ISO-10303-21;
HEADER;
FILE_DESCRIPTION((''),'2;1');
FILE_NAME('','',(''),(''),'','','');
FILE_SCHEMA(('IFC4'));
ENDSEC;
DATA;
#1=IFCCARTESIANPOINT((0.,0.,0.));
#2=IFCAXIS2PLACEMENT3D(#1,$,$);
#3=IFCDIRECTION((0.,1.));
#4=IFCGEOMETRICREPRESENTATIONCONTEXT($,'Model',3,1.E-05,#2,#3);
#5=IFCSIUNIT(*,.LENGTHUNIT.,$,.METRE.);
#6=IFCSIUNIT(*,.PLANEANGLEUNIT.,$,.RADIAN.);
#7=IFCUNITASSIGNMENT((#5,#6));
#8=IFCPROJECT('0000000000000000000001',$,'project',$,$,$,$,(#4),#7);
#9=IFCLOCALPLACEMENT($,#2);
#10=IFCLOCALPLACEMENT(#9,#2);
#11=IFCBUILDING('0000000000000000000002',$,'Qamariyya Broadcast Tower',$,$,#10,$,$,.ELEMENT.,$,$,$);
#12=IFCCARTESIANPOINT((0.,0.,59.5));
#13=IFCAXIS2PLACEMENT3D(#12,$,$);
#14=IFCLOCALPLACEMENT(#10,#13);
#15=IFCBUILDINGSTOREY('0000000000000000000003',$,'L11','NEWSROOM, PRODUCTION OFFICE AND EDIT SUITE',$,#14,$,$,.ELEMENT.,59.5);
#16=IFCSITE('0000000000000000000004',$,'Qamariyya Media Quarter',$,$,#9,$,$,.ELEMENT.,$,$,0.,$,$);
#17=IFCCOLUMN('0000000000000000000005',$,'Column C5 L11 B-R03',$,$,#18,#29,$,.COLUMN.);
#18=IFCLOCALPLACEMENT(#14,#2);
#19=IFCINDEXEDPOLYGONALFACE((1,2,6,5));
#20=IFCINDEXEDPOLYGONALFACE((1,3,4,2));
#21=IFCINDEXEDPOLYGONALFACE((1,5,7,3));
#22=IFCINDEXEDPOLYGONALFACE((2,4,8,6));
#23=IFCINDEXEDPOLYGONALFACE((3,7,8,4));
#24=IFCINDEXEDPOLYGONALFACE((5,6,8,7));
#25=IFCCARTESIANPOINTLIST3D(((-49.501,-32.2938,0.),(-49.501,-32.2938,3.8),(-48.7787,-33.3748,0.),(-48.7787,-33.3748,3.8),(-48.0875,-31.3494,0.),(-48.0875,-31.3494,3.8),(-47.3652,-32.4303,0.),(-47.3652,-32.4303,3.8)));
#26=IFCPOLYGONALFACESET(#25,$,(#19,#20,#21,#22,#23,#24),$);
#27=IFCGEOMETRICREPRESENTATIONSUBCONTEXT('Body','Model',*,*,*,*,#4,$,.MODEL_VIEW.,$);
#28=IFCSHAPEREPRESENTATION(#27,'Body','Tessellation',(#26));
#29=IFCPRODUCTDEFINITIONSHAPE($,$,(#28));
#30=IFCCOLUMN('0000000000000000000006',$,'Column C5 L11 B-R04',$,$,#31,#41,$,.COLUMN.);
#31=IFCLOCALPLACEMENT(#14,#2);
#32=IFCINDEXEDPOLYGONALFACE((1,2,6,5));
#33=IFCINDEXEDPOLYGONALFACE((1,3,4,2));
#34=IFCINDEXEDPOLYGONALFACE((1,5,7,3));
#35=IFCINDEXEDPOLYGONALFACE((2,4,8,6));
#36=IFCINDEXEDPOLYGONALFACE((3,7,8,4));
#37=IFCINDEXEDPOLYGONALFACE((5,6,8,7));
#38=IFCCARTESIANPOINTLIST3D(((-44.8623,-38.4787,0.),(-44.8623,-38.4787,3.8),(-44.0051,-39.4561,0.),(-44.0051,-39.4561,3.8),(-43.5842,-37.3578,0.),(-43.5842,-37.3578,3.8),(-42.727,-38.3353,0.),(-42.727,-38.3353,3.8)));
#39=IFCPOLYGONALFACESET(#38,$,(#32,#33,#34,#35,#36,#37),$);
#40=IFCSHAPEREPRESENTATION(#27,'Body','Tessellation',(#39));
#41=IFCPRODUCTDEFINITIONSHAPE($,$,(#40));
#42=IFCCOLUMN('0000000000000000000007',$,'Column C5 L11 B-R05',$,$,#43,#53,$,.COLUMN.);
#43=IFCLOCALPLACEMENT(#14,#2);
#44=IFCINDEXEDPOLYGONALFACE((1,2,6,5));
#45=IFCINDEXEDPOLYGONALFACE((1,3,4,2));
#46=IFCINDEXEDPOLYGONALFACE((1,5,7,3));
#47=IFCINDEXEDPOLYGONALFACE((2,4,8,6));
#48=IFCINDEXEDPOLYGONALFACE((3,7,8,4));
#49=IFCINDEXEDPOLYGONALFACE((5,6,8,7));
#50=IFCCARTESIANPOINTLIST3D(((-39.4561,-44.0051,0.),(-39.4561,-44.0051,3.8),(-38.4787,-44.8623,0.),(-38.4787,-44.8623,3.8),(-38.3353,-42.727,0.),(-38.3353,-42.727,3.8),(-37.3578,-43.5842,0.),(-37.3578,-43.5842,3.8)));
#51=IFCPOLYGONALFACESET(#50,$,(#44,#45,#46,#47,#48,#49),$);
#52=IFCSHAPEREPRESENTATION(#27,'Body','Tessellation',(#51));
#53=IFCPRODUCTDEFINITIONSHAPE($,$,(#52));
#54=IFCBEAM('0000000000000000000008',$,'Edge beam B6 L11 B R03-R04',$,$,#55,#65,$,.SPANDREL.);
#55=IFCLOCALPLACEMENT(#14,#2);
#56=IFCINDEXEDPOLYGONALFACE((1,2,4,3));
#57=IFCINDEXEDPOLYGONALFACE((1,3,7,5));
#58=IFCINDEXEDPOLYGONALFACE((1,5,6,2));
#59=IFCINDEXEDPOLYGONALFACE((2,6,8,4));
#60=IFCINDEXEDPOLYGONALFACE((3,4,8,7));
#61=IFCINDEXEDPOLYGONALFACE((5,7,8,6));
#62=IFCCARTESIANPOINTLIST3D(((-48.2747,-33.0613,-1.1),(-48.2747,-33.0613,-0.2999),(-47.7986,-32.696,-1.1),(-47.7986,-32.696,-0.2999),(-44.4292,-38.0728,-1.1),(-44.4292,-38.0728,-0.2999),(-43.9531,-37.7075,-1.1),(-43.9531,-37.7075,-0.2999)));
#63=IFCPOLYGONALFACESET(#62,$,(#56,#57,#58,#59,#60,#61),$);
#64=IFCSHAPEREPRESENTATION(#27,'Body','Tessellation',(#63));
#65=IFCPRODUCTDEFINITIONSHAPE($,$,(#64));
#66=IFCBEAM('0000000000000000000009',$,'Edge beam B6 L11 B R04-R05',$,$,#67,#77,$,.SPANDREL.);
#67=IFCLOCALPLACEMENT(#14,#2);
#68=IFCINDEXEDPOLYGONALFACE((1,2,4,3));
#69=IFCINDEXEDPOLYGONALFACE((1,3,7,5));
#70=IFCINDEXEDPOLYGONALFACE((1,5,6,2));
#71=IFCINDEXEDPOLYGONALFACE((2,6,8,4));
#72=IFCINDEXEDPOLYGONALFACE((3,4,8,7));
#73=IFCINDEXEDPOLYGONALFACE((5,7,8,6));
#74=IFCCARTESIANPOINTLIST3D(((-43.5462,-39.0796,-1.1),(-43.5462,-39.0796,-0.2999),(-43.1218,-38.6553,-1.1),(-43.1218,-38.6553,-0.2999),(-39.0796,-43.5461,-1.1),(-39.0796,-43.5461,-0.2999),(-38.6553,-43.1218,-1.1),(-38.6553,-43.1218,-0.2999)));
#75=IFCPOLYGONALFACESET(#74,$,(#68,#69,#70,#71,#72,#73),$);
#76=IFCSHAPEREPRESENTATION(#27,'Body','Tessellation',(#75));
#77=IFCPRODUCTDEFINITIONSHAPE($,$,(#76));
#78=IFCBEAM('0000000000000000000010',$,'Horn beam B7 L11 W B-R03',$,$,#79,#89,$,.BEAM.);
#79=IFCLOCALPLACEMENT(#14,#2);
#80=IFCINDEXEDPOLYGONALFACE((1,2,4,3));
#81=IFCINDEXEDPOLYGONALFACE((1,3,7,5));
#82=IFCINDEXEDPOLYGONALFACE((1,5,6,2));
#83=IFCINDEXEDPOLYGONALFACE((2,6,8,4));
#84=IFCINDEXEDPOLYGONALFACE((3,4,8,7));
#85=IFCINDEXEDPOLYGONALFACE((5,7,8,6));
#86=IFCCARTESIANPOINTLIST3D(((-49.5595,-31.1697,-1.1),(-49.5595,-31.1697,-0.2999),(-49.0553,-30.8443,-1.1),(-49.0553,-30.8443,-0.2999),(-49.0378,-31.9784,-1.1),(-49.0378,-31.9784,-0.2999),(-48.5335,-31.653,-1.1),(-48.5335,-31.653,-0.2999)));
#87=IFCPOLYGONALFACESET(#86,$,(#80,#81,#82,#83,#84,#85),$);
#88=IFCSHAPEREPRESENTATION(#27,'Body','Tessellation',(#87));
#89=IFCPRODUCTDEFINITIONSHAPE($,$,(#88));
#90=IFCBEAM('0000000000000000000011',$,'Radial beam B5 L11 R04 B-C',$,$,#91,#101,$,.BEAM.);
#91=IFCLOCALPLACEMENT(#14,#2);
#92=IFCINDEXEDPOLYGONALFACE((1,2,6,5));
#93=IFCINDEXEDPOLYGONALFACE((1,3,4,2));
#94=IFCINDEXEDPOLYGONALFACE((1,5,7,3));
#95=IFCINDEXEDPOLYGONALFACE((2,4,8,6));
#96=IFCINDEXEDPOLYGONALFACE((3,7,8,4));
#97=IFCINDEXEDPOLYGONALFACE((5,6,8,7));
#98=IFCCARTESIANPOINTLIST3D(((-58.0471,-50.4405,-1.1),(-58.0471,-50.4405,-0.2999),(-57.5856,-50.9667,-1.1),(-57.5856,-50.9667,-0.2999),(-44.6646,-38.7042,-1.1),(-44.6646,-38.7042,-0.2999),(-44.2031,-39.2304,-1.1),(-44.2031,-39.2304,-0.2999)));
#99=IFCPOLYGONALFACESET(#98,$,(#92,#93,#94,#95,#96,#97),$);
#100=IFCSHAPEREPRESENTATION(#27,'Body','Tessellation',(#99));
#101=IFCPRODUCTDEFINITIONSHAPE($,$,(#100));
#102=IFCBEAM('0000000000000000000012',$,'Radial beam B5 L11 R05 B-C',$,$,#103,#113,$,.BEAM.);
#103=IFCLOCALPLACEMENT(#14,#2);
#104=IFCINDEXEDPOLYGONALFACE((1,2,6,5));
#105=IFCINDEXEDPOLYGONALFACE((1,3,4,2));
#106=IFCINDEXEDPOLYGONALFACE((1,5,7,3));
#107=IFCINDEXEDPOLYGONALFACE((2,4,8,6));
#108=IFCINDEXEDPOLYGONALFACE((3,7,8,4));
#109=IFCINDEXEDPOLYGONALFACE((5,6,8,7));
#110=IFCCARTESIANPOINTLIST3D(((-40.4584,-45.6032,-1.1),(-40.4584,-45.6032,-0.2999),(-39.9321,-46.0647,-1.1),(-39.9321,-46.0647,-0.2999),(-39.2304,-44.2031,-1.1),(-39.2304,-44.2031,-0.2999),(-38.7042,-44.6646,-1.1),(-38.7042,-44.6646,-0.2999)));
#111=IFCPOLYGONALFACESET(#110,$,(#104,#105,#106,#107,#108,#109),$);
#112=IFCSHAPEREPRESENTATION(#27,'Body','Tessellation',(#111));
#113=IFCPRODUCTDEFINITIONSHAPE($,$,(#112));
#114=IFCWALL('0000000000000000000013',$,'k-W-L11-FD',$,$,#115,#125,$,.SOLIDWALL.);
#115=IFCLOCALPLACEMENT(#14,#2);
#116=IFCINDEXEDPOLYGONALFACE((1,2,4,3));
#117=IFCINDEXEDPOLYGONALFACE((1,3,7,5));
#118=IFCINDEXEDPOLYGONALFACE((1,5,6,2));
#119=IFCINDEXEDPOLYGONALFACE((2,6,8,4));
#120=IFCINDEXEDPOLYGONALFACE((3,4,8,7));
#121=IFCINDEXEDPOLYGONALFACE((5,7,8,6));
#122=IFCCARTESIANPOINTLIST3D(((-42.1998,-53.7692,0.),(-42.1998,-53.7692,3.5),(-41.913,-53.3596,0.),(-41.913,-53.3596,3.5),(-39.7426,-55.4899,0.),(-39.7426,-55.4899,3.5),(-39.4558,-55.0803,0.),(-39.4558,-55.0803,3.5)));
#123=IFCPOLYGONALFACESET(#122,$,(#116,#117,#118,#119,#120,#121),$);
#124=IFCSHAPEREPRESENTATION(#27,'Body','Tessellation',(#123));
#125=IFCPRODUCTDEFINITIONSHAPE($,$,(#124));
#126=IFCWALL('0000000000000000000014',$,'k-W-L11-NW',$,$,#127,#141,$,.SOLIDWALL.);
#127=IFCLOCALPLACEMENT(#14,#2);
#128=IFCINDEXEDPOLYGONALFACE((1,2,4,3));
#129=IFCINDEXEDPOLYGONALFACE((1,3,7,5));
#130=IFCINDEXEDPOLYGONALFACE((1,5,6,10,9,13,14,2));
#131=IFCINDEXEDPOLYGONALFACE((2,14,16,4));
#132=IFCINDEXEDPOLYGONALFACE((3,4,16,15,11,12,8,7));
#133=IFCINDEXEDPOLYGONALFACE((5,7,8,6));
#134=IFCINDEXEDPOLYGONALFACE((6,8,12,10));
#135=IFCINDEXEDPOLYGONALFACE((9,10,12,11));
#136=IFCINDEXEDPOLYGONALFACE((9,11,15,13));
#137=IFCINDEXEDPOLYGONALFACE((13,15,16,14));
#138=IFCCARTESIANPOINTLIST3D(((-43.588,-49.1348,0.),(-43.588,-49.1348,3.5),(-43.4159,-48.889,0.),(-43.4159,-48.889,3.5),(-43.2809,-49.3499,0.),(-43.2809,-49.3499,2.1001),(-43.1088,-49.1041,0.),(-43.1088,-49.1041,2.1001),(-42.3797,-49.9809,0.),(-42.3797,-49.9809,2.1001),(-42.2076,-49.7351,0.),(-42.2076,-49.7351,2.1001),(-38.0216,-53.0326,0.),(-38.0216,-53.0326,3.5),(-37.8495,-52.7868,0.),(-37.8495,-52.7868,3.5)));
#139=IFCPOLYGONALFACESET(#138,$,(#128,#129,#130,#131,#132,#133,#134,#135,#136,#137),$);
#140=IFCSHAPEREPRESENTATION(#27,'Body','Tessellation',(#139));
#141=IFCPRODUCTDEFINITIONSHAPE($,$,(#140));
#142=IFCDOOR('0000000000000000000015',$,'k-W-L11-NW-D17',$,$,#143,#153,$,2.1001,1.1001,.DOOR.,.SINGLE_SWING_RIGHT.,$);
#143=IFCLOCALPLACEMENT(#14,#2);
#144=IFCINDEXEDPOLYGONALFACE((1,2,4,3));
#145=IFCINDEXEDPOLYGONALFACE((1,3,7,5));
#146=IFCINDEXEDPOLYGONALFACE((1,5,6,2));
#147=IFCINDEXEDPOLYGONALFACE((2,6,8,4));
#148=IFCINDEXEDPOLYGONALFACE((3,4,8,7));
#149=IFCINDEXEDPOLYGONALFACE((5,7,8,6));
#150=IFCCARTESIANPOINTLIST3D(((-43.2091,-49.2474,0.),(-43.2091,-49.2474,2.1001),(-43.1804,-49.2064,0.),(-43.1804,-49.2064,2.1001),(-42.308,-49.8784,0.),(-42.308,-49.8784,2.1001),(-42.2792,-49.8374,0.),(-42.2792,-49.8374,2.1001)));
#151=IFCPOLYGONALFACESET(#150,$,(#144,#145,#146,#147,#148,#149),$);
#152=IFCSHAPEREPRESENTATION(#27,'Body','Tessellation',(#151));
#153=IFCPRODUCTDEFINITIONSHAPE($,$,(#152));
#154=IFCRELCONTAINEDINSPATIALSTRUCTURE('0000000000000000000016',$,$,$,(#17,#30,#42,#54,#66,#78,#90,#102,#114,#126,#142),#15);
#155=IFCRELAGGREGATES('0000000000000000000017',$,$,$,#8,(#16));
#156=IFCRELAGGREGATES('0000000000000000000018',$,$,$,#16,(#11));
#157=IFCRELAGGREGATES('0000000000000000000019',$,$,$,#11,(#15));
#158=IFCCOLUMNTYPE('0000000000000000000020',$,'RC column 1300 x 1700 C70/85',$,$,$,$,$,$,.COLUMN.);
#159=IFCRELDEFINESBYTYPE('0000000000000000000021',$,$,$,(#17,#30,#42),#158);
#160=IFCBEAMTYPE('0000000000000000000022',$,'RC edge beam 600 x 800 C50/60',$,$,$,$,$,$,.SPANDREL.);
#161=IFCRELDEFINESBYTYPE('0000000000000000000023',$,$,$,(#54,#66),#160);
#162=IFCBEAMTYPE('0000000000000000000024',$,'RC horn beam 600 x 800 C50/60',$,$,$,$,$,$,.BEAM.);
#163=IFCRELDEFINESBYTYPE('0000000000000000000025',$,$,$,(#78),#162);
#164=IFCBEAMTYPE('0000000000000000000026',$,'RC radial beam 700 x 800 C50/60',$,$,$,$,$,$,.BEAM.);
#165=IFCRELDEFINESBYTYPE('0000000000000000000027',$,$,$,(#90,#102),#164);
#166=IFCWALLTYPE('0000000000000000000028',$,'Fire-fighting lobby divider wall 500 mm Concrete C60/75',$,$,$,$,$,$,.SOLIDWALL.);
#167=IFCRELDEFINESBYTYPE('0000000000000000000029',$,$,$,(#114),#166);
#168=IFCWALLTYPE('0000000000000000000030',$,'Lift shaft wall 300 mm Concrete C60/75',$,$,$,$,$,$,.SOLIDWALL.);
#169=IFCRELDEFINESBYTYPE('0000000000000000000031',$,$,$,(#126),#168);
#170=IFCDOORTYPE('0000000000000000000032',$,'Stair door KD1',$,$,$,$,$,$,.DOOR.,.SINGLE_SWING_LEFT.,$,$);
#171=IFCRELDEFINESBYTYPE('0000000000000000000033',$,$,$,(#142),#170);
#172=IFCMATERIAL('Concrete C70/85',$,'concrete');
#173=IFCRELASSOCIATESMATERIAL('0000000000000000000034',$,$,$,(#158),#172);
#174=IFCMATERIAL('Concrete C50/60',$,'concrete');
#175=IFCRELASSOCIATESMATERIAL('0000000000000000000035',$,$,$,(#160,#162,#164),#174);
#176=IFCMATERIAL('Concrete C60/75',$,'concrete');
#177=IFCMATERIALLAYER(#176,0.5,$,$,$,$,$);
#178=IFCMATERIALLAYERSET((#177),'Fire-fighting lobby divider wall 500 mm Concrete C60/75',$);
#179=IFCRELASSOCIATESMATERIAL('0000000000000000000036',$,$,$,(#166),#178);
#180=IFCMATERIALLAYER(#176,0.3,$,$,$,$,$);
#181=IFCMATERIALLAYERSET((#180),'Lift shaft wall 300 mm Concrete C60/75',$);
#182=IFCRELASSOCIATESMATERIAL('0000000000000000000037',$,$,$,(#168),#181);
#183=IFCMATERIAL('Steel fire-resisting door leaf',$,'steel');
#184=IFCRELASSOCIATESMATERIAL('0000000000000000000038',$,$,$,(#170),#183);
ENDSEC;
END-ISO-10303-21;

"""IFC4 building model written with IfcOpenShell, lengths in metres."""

from ifc_helpers import new_model, si_unit, direction, frame, frame_2d, origin, origin_2d, place, context, subcontext, project, spatial, rectangle, extrude, material, layer, layer_set, material_profile, profile_set, type_object, element, fill, save


model = new_model("IFC4")

# Units and contexts
model_context = context("Model", 3, precision=1e-05, world=origin(), true_north=direction((0.0, 1.0)))
body_context = subcontext(model_context, "Body", "Model", "MODEL_VIEW")
ifc_project = project(units=[si_unit("LENGTHUNIT", "METRE"), si_unit("PLANEANGLEUNIT", "RADIAN")], contexts=[model_context])

# Site, building, storey
site_placement = place(None, origin())
site = spatial("IfcSite", under=ifc_project, at=site_placement, Name="Qamariyya Media Quarter", CompositionType="ELEMENT", RefElevation=0.0)
building_placement = place(site_placement, origin())
building = spatial("IfcBuilding", under=site, at=building_placement, Name="Qamariyya Broadcast Tower", CompositionType="ELEMENT")
storey_placement = place(building_placement, frame((0.0, 0.0, 59.5)))
storey = spatial("IfcBuildingStorey", under=building, at=storey_placement, Name="L11", Description="NEWSROOM, PRODUCTION OFFICE AND EDIT SUITE", CompositionType="ELEMENT", Elevation=59.5)

# Columns
ifc_material_1 = material(Name="Concrete C70/85", Category="concrete")
ifc_material_profile_1 = material_profile(ifc_material_1, rectangle(XDim=1.3, YDim=1.7, at=origin_2d()))
ifc_profile_set_1 = profile_set([ifc_material_profile_1], Name="Concrete C70/85")
column_type = type_object("IfcColumnType", Name="RC column 1300 x 1700 C70/85", PredefinedType="COLUMN", material=ifc_profile_set_1)
for number, where, z_axis, x_axis, name in (
    (1, (-48.4331, -32.3621, 0.0), (0.0, 0.0, 1.0), (0.55557, -0.83147, 0.0), "Column C5 L11 B-R03"),
    (2, (-43.7947, -38.407, 0.0), (0.0, 0.0, 1.0), (0.659346, -0.75184, 0.0), "Column C5 L11 B-R04"),
    (3, (-38.407, -43.7947, 0.0), (0.0, 0.0, 1.0), (0.75184, -0.659346, 0.0), "Column C5 L11 B-R05"),
):
    element("IfcColumn", number, at=place(storey_placement, frame(where, z_axis=z_axis, x_axis=x_axis)), inside=storey, type_object=column_type, Name=name, PredefinedType="COLUMN", context=body_context, shape_type="SweptSolid", body=[
        extrude(rectangle(XDim=1.3, YDim=1.7, at=origin_2d()), origin(), (0.0, 0.0, 1.0), 3.8),
    ])

# Beams
ifc_material_2 = material(Name="Concrete C50/60", Category="concrete")
ifc_material_profile_2 = material_profile(ifc_material_2, rectangle(XDim=0.6001, YDim=0.8, at=origin_2d()))
ifc_profile_set_2 = profile_set([ifc_material_profile_2], Name="Concrete C50/60")
beam_type_1 = type_object("IfcBeamType", Name="RC edge beam 600 x 800 C50/60", PredefinedType="SPANDREL", material=ifc_profile_set_2)
beam_1_placement = place(storey_placement, frame((-48.0366, -32.8787, -0.7), z_axis=(0.608763, -0.793352, 0.0), x_axis=(0.793352, 0.608763, 0.0)))
element("IfcBeam", 4, at=beam_1_placement, inside=storey, type_object=beam_type_1, Name="Edge beam B6 L11 B R03-R04", PredefinedType="SPANDREL", context=body_context, shape_type="SweptSolid", body=[
    extrude(rectangle(XDim=0.6001, YDim=0.8, at=origin_2d()), origin(), (0.0, 0.0, 1.0), 6.3169),
])
beam_2_placement = place(storey_placement, frame((-43.334, -38.8674, -0.7), z_axis=(0.707107, -0.707107, 0.0), x_axis=(0.707107, 0.707107, 0.0)))
element("IfcBeam", 5, at=beam_2_placement, inside=storey, type_object=beam_type_1, Name="Edge beam B6 L11 B R04-R05", PredefinedType="SPANDREL", context=body_context, shape_type="SweptSolid", body=[
    extrude(rectangle(XDim=0.6001, YDim=0.8, at=origin_2d()), origin(), (0.0, 0.0, 1.0), 6.3167),
])
ifc_material_profile_3 = material_profile(ifc_material_2, rectangle(XDim=0.6001, YDim=0.8, at=origin_2d()))
ifc_profile_set_3 = profile_set([ifc_material_profile_3], Name="Concrete C50/60")
beam_type_2 = type_object("IfcBeamType", Name="RC horn beam 600 x 800 C50/60", PredefinedType="BEAM", material=ifc_profile_set_3)
beam_3_placement = place(storey_placement, frame((-48.7856, -31.8157, -0.7), z_axis=(-0.542167, 0.840271, 0.0), x_axis=(-0.840271, -0.542167, 0.0)))
element("IfcBeam", 6, at=beam_3_placement, inside=storey, type_object=beam_type_2, Name="Horn beam B7 L11 W B-R03", PredefinedType="BEAM", context=body_context, shape_type="SweptSolid", body=[
    extrude(rectangle(XDim=0.6001, YDim=0.8, at=origin_2d()), origin(), (0.0, 0.0, 1.0), 0.9624),
])
ifc_material_profile_4 = material_profile(ifc_material_2, rectangle(XDim=0.7, YDim=0.8, at=origin_2d()))
ifc_profile_set_4 = profile_set([ifc_material_profile_4], Name="Concrete C50/60")
beam_type_3 = type_object("IfcBeamType", Name="RC radial beam 700 x 800 C50/60", PredefinedType="BEAM", material=ifc_profile_set_4)
beam_4_placement = place(storey_placement, frame((-44.4338, -38.9673, -0.7), z_axis=(-0.751836, -0.65935, 0.0), x_axis=(0.65935, -0.751836, 0.0)))
element("IfcBeam", 7, at=beam_4_placement, inside=storey, type_object=beam_type_3, Name="Radial beam B5 L11 R04 B-C", PredefinedType="BEAM", context=body_context, shape_type="SweptSolid", body=[
    extrude(rectangle(XDim=0.7, YDim=0.8, at=origin_2d()), origin(), (0.0, 0.0, 1.0), 17.7998),
])
beam_5_placement = place(storey_placement, frame((-38.9673, -44.4338, -0.7), z_axis=(-0.659386, -0.751805, 0.0), x_axis=(0.751805, -0.659386, 0.0)))
element("IfcBeam", 8, at=beam_5_placement, inside=storey, type_object=beam_type_3, Name="Radial beam B5 L11 R05 B-C", PredefinedType="BEAM", context=body_context, shape_type="SweptSolid", body=[
    extrude(rectangle(XDim=0.7, YDim=0.8, at=origin_2d()), origin(), (0.0, 0.0, 1.0), 1.8623),
])

# Wall
ifc_material_3 = material(Name="Concrete C60/75", Category="concrete")
ifc_layer_1 = layer(ifc_material_3, 0.5)
ifc_layer_set_1 = layer_set([ifc_layer_1], Name="Fire-fighting lobby divider wall 500 mm Concrete C60/75")
wall_type_1 = type_object("IfcWallType", Name="Fire-fighting lobby divider wall 500 mm Concrete C60/75", PredefinedType="SOLIDWALL", material=ifc_layer_set_1)
wall_1_placement = place(storey_placement, frame((-39.5991, -55.2852, 0.0), z_axis=(0.0, 0.0, 1.0), x_axis=(-0.819136, 0.573599, 0.0)))
element("IfcWall", 9, at=wall_1_placement, inside=storey, type_object=wall_type_1, Name="k-W-L11-FD", PredefinedType="SOLIDWALL", context=body_context, shape_type="SweptSolid", body=[
    extrude(rectangle(XDim=2.9998, YDim=0.5, at=frame_2d((1.5, 0.0))), origin(), (0.0, 0.0, 1.0), 3.5),
])

# Wall, opening, door
ifc_layer_2 = layer(ifc_material_3, 0.3)
ifc_layer_set_2 = layer_set([ifc_layer_2], Name="Lift shaft wall 300 mm Concrete C60/75")
wall_type_2 = type_object("IfcWallType", Name="Lift shaft wall 300 mm Concrete C60/75", PredefinedType="SOLIDWALL", material=ifc_layer_set_2)
wall_2_placement = place(storey_placement, frame((-37.9355, -52.9097, 0.0), z_axis=(0.0, 0.0, 1.0), x_axis=(-0.819148, 0.573583, 0.0)))
wall_2 = element("IfcWall", 10, at=wall_2_placement, inside=storey, type_object=wall_type_2, Name="k-W-L11-NW", PredefinedType="SOLIDWALL", context=body_context, shape_type="SweptSolid", body=[
    extrude(rectangle(XDim=6.7954, YDim=0.3, at=frame_2d((3.3977, 0.0))), origin(), (0.0, 0.0, 1.0), 3.5),
])
opening_1_placement = place(wall_2_placement, frame((5.3203, 0.0, 0.0)))
opening_1 = element("IfcOpeningElement", 11, at=opening_1_placement, cuts=wall_2, PredefinedType="OPENING", context=body_context, shape_type="SweptSolid", body=[
    extrude(rectangle(XDim=1.1001, YDim=2.1001, at=frame_2d((0.55, 1.05))), frame((0.0, 0.1599, 0.0), z_axis=(0.0, -1.0, 0.0), x_axis=(1.0, 0.0, 0.0)), (0.0, 0.0, 1.0), 0.3201),
])
ifc_material_4 = material(Name="Steel fire-resisting door leaf", Category="steel")
door_type = type_object("IfcDoorType", Name="Stair door KD1", OperationType="SINGLE_SWING_LEFT", PredefinedType="DOOR", material=ifc_material_4)
door_placement = place(opening_1_placement, origin())
door = element("IfcDoor", 12, at=door_placement, inside=storey, type_object=door_type, Name="k-W-L11-NW-D17", OperationType="SINGLE_SWING_RIGHT", OverallHeight=2.1001, OverallWidth=1.1001, PredefinedType="DOOR", context=body_context, shape_type="SweptSolid", body=[
    extrude(rectangle(XDim=1.1001, YDim=2.1001, at=frame_2d((0.55, 1.05))), frame((0.0, 0.0249, 0.0), z_axis=(0.0, -1.0, 0.0), x_axis=(1.0, 0.0, 0.0)), (0.0, 0.0, 1.0), 0.05),
])
fill(opening_1, door)

save(model, "model.ifc")
